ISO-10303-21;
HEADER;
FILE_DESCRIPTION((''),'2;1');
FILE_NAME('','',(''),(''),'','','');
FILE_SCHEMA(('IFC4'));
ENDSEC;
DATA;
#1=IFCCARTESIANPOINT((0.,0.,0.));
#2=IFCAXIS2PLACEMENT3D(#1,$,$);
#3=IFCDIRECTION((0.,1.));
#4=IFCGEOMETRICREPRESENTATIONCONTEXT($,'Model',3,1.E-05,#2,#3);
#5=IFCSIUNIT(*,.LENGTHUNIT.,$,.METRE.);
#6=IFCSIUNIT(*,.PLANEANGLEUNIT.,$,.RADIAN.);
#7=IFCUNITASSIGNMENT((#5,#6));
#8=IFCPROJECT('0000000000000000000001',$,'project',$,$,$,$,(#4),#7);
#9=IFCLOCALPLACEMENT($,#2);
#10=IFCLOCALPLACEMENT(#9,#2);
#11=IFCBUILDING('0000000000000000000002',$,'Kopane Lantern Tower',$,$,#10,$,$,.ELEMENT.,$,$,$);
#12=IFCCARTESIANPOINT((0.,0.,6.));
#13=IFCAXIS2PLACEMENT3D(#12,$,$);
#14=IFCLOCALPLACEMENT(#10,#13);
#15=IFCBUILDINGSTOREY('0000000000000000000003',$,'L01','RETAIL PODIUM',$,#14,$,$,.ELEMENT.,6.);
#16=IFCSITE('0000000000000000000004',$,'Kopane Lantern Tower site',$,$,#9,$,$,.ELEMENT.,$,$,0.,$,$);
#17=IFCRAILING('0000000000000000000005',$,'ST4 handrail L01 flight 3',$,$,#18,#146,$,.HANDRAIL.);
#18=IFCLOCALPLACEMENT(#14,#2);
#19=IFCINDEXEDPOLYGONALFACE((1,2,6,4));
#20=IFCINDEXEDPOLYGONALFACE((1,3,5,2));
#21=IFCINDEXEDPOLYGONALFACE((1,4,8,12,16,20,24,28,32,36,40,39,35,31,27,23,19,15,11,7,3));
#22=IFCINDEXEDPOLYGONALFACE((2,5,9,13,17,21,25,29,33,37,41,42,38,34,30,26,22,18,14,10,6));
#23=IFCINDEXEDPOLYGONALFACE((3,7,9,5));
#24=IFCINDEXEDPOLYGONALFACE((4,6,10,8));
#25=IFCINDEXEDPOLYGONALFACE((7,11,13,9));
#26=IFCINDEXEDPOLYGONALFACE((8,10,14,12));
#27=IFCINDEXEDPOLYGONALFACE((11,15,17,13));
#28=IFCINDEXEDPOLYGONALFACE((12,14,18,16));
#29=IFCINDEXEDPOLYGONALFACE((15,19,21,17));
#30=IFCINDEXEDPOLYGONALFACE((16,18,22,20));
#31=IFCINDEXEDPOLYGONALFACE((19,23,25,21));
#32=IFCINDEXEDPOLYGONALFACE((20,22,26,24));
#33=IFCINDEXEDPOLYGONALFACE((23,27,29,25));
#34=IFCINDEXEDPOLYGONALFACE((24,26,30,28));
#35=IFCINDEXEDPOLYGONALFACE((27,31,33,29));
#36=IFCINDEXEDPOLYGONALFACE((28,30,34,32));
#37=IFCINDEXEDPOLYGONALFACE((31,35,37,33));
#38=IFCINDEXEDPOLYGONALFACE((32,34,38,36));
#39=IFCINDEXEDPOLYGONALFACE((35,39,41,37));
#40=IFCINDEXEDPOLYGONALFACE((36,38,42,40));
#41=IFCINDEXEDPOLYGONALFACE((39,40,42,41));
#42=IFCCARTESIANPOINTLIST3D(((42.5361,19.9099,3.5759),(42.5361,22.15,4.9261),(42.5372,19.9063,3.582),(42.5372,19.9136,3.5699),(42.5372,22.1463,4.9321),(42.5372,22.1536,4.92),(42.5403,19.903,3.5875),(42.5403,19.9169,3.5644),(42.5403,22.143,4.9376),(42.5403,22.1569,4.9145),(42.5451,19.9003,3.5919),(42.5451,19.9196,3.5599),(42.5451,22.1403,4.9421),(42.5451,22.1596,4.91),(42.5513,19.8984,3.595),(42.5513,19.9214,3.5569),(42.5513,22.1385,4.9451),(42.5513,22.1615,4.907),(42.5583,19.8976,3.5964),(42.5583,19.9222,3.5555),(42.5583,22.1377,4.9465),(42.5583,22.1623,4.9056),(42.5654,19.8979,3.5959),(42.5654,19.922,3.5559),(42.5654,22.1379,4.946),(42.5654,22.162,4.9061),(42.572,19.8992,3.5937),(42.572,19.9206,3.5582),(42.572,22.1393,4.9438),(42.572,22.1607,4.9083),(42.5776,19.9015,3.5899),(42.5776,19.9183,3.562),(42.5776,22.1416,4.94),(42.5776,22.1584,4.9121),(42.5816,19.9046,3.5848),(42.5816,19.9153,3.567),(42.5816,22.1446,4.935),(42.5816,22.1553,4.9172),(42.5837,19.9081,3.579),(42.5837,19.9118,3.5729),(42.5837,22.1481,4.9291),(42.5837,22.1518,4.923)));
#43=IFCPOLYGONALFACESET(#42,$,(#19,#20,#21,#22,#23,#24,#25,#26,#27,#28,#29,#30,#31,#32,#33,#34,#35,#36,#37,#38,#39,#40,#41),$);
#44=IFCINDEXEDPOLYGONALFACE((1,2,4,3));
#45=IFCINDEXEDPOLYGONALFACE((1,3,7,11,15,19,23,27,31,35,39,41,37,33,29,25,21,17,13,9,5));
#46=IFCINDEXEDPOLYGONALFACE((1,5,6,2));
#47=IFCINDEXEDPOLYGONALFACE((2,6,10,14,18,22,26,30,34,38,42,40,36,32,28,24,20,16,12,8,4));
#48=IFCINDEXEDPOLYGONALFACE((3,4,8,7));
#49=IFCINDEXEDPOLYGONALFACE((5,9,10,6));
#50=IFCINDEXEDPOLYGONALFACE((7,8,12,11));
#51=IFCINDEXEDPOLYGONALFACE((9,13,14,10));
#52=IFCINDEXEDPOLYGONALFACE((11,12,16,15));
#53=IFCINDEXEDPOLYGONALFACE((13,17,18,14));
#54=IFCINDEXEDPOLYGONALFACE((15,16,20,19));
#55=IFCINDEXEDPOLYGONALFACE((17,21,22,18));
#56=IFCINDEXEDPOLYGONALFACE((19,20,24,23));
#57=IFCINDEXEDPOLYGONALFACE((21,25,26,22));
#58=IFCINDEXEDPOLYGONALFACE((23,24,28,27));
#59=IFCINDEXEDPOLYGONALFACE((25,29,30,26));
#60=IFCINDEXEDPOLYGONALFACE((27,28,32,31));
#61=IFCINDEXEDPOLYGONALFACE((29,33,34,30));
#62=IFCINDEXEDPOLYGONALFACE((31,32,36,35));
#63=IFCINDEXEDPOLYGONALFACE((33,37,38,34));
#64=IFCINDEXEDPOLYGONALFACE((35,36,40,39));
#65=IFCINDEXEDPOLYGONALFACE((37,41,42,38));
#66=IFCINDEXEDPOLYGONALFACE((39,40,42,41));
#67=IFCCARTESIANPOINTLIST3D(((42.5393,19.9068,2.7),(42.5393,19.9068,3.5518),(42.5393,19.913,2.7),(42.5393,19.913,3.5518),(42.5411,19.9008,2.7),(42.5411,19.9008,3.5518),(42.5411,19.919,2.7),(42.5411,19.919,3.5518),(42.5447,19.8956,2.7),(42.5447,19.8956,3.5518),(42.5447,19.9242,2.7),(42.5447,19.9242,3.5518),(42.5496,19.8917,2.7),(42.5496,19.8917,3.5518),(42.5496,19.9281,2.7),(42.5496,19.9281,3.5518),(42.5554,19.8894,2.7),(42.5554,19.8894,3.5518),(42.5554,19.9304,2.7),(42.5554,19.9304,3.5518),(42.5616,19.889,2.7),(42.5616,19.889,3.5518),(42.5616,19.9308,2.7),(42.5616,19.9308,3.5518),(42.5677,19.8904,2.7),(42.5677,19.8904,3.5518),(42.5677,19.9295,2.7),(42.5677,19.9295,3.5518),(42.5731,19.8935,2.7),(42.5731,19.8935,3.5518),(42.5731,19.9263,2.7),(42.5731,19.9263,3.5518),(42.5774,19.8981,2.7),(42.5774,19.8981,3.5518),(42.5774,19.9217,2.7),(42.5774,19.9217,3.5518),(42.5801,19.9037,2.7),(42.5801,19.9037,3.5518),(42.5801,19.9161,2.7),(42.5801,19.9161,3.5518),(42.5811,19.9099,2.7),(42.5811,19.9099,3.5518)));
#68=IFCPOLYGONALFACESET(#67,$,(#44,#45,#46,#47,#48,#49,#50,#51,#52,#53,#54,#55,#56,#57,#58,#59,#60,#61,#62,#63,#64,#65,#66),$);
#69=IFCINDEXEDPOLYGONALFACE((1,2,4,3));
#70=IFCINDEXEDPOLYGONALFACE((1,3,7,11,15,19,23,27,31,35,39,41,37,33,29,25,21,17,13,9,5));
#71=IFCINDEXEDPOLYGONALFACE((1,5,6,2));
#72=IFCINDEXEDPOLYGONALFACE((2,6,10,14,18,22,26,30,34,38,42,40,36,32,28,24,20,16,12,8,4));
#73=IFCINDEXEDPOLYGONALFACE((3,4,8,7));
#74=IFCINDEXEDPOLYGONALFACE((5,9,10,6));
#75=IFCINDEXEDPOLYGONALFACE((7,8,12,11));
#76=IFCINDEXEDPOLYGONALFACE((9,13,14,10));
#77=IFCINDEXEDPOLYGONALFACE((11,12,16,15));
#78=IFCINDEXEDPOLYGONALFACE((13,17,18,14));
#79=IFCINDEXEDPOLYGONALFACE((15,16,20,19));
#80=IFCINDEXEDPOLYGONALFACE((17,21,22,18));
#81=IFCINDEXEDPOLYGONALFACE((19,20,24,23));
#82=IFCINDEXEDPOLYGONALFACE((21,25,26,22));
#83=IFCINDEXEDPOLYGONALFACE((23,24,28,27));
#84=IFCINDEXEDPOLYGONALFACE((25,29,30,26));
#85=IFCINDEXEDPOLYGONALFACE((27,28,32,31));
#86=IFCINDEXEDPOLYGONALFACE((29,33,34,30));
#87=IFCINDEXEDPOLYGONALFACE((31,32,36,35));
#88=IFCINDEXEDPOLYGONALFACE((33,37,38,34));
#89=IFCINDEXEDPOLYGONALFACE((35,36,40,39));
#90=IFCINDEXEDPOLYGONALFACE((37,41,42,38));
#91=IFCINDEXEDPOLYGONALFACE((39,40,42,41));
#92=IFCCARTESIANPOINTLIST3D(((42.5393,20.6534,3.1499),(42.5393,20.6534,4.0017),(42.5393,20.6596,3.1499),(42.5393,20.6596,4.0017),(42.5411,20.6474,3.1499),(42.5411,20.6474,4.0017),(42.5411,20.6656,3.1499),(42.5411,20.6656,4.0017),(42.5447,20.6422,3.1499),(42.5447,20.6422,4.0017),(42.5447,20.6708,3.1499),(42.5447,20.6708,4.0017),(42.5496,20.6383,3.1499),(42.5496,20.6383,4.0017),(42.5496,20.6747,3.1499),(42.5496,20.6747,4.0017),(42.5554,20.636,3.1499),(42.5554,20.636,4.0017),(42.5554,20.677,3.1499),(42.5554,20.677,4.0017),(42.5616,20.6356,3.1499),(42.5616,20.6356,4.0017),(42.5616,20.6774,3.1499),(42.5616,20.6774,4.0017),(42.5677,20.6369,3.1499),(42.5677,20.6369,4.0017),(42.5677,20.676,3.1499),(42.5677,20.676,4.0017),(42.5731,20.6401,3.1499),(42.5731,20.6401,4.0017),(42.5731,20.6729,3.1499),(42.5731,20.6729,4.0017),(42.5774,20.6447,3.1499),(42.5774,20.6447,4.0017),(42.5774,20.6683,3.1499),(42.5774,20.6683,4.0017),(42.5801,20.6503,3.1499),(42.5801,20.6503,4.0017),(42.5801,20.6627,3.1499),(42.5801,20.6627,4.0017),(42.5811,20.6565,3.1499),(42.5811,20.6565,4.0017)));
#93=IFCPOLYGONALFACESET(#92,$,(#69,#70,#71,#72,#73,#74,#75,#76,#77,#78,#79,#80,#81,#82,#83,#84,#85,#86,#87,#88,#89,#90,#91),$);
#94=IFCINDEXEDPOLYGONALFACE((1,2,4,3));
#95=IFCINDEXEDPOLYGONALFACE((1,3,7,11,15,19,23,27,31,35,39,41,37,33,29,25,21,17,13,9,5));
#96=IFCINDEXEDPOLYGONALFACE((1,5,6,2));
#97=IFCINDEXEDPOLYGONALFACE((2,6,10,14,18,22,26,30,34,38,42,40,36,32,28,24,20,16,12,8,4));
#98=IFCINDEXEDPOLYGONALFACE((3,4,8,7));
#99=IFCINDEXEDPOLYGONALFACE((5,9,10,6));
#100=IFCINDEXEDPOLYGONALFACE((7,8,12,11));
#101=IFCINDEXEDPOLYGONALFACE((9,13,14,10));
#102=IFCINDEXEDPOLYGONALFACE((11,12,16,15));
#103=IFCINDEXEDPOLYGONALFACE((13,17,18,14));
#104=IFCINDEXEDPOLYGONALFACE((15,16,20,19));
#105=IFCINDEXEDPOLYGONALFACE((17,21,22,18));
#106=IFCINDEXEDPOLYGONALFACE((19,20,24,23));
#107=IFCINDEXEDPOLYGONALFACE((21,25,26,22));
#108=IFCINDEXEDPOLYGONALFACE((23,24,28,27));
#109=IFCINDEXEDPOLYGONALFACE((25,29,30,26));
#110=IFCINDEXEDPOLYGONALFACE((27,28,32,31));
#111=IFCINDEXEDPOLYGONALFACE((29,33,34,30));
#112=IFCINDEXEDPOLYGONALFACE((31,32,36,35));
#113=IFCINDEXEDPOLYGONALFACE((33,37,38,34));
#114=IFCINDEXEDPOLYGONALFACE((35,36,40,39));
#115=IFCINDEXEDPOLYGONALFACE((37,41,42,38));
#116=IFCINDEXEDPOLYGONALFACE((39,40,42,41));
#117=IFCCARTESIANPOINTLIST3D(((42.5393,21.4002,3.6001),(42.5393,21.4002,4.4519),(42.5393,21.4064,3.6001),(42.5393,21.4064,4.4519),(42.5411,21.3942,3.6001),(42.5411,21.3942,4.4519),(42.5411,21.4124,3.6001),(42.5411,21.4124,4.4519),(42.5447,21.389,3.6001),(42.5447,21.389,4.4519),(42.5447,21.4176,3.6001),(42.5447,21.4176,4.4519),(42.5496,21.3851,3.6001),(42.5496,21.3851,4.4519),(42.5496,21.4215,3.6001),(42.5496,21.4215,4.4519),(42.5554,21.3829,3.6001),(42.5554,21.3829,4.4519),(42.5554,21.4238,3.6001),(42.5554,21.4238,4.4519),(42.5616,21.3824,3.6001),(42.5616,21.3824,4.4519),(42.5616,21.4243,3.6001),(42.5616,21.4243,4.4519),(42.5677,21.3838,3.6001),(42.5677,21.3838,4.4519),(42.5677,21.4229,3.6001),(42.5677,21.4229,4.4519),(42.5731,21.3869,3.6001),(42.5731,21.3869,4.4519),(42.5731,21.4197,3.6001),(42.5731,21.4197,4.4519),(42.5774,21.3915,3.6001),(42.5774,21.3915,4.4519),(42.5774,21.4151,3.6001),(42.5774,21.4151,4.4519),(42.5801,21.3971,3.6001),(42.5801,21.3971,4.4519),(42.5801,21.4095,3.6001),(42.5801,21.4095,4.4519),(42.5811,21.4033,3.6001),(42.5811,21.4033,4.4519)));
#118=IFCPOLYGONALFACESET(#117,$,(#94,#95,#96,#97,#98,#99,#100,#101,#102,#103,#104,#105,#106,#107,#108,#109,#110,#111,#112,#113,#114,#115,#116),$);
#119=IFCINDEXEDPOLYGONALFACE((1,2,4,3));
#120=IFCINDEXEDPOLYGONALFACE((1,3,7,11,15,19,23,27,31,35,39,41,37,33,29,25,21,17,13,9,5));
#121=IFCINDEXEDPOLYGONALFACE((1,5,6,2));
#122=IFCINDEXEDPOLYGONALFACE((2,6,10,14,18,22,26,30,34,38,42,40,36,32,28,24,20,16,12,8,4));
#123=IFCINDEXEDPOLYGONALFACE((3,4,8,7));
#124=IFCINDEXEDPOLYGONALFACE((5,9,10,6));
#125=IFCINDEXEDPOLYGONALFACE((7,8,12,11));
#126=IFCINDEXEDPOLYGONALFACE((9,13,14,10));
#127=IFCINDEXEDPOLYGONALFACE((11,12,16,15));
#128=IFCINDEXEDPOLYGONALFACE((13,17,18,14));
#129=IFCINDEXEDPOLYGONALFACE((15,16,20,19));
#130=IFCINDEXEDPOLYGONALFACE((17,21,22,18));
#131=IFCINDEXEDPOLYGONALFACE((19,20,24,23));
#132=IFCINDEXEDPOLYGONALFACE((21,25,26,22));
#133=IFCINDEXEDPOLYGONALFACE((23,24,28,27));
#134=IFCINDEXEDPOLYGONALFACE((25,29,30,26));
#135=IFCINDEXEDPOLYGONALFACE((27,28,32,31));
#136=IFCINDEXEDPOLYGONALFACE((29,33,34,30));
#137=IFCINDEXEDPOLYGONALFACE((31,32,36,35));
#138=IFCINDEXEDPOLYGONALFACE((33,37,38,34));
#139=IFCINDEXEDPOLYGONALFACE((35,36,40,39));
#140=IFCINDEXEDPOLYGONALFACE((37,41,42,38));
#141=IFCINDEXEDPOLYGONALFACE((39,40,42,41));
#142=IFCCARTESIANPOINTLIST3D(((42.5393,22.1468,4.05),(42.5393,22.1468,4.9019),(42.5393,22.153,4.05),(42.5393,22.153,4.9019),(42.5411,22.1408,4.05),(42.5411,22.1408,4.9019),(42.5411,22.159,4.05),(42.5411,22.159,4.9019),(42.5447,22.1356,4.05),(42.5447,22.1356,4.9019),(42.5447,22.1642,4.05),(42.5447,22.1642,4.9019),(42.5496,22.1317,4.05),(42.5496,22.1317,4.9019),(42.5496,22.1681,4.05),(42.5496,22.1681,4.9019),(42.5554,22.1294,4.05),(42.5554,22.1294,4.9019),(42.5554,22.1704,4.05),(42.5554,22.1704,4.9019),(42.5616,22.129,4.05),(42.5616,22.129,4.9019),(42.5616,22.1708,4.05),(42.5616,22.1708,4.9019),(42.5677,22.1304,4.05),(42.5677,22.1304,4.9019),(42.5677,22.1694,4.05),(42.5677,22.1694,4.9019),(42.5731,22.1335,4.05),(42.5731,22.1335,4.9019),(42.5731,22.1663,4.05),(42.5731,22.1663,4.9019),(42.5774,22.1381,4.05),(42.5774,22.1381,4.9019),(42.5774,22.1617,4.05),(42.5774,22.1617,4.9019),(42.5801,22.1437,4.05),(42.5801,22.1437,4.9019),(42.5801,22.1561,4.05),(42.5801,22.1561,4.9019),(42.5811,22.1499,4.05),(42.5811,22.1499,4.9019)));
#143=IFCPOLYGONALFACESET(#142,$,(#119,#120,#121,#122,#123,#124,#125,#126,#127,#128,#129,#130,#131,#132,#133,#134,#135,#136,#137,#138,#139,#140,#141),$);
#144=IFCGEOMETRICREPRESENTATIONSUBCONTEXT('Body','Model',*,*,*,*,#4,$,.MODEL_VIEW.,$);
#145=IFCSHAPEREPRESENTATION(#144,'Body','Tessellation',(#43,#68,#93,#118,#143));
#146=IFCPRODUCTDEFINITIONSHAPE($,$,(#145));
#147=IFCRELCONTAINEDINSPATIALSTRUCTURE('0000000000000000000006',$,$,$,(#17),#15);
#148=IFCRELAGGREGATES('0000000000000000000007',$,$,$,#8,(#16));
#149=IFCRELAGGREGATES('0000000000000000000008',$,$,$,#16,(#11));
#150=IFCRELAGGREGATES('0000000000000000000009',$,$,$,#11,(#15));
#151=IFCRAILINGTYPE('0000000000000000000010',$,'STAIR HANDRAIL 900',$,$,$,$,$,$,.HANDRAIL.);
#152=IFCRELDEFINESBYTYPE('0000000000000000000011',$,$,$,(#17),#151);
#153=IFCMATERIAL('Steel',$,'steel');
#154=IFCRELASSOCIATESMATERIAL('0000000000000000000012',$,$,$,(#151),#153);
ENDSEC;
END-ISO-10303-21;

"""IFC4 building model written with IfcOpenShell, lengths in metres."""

from ifc_helpers import new_model, si_unit, direction, frame, origin, origin_2d, place, context, subcontext, project, spatial, circle, extrude, material, type_object, element, save


model = new_model("IFC4")

# Units and contexts
model_context = context("Model", 3, precision=1e-05, world=origin(), true_north=direction((0.0, 1.0)))
body_context = subcontext(model_context, "Body", "Model", "MODEL_VIEW")
ifc_project = project(units=[si_unit("LENGTHUNIT", "METRE"), si_unit("PLANEANGLEUNIT", "RADIAN")], contexts=[model_context])

# Site, building, storey
site_placement = place(None, origin())
site = spatial("IfcSite", under=ifc_project, at=site_placement, Name="Kopane Lantern Tower site", CompositionType="ELEMENT", RefElevation=0.0)
building_placement = place(site_placement, origin())
building = spatial("IfcBuilding", under=site, at=building_placement, Name="Kopane Lantern Tower", CompositionType="ELEMENT")
storey_placement = place(building_placement, frame((0.0, 0.0, 6.0)))
storey = spatial("IfcBuildingStorey", under=building, at=storey_placement, Name="L01", Description="RETAIL PODIUM", CompositionType="ELEMENT", Elevation=6.0)

# Railing
ifc_material_1 = material(Name="Steel", Category="steel")
railing_type_1 = type_object("IfcRailingType", Name="STAIR HANDRAIL 900", PredefinedType="HANDRAIL", material=ifc_material_1)
for number, where, name in (
    (1, (42.5601, 19.9099, 2.7), "ST4 handrail L01 flight 3"),
):
    element("IfcRailing", number, at=place(storey_placement, frame(where)), inside=storey, type_object=railing_type_1, Name=name, PredefinedType="HANDRAIL", context=body_context, shape_type="SweptSolid", body=[
        extrude(circle(Radius=0.0239, at=origin_2d()), frame((0.0, 0.0, 0.876), z_axis=(0.0, 0.856462, 0.516211), x_axis=(-1.0, 0.0, 0.0)), (0.0, 0.0, 1.0), 2.6155),
        extrude(circle(Radius=0.021, at=origin_2d()), origin(), (0.0, 0.0, 1.0), 0.8518),
        extrude(circle(Radius=0.021, at=origin_2d()), frame((0.0, 0.7466, 0.45)), (0.0, 0.0, 1.0), 0.8518),
        extrude(circle(Radius=0.021, at=origin_2d()), frame((0.0, 1.4934, 0.9001)), (0.0, 0.0, 1.0), 0.8518),
        extrude(circle(Radius=0.021, at=origin_2d()), frame((0.0, 2.24, 1.3501)), (0.0, 0.0, 1.0), 0.8518),
    ])

save(model, "model.ifc")
